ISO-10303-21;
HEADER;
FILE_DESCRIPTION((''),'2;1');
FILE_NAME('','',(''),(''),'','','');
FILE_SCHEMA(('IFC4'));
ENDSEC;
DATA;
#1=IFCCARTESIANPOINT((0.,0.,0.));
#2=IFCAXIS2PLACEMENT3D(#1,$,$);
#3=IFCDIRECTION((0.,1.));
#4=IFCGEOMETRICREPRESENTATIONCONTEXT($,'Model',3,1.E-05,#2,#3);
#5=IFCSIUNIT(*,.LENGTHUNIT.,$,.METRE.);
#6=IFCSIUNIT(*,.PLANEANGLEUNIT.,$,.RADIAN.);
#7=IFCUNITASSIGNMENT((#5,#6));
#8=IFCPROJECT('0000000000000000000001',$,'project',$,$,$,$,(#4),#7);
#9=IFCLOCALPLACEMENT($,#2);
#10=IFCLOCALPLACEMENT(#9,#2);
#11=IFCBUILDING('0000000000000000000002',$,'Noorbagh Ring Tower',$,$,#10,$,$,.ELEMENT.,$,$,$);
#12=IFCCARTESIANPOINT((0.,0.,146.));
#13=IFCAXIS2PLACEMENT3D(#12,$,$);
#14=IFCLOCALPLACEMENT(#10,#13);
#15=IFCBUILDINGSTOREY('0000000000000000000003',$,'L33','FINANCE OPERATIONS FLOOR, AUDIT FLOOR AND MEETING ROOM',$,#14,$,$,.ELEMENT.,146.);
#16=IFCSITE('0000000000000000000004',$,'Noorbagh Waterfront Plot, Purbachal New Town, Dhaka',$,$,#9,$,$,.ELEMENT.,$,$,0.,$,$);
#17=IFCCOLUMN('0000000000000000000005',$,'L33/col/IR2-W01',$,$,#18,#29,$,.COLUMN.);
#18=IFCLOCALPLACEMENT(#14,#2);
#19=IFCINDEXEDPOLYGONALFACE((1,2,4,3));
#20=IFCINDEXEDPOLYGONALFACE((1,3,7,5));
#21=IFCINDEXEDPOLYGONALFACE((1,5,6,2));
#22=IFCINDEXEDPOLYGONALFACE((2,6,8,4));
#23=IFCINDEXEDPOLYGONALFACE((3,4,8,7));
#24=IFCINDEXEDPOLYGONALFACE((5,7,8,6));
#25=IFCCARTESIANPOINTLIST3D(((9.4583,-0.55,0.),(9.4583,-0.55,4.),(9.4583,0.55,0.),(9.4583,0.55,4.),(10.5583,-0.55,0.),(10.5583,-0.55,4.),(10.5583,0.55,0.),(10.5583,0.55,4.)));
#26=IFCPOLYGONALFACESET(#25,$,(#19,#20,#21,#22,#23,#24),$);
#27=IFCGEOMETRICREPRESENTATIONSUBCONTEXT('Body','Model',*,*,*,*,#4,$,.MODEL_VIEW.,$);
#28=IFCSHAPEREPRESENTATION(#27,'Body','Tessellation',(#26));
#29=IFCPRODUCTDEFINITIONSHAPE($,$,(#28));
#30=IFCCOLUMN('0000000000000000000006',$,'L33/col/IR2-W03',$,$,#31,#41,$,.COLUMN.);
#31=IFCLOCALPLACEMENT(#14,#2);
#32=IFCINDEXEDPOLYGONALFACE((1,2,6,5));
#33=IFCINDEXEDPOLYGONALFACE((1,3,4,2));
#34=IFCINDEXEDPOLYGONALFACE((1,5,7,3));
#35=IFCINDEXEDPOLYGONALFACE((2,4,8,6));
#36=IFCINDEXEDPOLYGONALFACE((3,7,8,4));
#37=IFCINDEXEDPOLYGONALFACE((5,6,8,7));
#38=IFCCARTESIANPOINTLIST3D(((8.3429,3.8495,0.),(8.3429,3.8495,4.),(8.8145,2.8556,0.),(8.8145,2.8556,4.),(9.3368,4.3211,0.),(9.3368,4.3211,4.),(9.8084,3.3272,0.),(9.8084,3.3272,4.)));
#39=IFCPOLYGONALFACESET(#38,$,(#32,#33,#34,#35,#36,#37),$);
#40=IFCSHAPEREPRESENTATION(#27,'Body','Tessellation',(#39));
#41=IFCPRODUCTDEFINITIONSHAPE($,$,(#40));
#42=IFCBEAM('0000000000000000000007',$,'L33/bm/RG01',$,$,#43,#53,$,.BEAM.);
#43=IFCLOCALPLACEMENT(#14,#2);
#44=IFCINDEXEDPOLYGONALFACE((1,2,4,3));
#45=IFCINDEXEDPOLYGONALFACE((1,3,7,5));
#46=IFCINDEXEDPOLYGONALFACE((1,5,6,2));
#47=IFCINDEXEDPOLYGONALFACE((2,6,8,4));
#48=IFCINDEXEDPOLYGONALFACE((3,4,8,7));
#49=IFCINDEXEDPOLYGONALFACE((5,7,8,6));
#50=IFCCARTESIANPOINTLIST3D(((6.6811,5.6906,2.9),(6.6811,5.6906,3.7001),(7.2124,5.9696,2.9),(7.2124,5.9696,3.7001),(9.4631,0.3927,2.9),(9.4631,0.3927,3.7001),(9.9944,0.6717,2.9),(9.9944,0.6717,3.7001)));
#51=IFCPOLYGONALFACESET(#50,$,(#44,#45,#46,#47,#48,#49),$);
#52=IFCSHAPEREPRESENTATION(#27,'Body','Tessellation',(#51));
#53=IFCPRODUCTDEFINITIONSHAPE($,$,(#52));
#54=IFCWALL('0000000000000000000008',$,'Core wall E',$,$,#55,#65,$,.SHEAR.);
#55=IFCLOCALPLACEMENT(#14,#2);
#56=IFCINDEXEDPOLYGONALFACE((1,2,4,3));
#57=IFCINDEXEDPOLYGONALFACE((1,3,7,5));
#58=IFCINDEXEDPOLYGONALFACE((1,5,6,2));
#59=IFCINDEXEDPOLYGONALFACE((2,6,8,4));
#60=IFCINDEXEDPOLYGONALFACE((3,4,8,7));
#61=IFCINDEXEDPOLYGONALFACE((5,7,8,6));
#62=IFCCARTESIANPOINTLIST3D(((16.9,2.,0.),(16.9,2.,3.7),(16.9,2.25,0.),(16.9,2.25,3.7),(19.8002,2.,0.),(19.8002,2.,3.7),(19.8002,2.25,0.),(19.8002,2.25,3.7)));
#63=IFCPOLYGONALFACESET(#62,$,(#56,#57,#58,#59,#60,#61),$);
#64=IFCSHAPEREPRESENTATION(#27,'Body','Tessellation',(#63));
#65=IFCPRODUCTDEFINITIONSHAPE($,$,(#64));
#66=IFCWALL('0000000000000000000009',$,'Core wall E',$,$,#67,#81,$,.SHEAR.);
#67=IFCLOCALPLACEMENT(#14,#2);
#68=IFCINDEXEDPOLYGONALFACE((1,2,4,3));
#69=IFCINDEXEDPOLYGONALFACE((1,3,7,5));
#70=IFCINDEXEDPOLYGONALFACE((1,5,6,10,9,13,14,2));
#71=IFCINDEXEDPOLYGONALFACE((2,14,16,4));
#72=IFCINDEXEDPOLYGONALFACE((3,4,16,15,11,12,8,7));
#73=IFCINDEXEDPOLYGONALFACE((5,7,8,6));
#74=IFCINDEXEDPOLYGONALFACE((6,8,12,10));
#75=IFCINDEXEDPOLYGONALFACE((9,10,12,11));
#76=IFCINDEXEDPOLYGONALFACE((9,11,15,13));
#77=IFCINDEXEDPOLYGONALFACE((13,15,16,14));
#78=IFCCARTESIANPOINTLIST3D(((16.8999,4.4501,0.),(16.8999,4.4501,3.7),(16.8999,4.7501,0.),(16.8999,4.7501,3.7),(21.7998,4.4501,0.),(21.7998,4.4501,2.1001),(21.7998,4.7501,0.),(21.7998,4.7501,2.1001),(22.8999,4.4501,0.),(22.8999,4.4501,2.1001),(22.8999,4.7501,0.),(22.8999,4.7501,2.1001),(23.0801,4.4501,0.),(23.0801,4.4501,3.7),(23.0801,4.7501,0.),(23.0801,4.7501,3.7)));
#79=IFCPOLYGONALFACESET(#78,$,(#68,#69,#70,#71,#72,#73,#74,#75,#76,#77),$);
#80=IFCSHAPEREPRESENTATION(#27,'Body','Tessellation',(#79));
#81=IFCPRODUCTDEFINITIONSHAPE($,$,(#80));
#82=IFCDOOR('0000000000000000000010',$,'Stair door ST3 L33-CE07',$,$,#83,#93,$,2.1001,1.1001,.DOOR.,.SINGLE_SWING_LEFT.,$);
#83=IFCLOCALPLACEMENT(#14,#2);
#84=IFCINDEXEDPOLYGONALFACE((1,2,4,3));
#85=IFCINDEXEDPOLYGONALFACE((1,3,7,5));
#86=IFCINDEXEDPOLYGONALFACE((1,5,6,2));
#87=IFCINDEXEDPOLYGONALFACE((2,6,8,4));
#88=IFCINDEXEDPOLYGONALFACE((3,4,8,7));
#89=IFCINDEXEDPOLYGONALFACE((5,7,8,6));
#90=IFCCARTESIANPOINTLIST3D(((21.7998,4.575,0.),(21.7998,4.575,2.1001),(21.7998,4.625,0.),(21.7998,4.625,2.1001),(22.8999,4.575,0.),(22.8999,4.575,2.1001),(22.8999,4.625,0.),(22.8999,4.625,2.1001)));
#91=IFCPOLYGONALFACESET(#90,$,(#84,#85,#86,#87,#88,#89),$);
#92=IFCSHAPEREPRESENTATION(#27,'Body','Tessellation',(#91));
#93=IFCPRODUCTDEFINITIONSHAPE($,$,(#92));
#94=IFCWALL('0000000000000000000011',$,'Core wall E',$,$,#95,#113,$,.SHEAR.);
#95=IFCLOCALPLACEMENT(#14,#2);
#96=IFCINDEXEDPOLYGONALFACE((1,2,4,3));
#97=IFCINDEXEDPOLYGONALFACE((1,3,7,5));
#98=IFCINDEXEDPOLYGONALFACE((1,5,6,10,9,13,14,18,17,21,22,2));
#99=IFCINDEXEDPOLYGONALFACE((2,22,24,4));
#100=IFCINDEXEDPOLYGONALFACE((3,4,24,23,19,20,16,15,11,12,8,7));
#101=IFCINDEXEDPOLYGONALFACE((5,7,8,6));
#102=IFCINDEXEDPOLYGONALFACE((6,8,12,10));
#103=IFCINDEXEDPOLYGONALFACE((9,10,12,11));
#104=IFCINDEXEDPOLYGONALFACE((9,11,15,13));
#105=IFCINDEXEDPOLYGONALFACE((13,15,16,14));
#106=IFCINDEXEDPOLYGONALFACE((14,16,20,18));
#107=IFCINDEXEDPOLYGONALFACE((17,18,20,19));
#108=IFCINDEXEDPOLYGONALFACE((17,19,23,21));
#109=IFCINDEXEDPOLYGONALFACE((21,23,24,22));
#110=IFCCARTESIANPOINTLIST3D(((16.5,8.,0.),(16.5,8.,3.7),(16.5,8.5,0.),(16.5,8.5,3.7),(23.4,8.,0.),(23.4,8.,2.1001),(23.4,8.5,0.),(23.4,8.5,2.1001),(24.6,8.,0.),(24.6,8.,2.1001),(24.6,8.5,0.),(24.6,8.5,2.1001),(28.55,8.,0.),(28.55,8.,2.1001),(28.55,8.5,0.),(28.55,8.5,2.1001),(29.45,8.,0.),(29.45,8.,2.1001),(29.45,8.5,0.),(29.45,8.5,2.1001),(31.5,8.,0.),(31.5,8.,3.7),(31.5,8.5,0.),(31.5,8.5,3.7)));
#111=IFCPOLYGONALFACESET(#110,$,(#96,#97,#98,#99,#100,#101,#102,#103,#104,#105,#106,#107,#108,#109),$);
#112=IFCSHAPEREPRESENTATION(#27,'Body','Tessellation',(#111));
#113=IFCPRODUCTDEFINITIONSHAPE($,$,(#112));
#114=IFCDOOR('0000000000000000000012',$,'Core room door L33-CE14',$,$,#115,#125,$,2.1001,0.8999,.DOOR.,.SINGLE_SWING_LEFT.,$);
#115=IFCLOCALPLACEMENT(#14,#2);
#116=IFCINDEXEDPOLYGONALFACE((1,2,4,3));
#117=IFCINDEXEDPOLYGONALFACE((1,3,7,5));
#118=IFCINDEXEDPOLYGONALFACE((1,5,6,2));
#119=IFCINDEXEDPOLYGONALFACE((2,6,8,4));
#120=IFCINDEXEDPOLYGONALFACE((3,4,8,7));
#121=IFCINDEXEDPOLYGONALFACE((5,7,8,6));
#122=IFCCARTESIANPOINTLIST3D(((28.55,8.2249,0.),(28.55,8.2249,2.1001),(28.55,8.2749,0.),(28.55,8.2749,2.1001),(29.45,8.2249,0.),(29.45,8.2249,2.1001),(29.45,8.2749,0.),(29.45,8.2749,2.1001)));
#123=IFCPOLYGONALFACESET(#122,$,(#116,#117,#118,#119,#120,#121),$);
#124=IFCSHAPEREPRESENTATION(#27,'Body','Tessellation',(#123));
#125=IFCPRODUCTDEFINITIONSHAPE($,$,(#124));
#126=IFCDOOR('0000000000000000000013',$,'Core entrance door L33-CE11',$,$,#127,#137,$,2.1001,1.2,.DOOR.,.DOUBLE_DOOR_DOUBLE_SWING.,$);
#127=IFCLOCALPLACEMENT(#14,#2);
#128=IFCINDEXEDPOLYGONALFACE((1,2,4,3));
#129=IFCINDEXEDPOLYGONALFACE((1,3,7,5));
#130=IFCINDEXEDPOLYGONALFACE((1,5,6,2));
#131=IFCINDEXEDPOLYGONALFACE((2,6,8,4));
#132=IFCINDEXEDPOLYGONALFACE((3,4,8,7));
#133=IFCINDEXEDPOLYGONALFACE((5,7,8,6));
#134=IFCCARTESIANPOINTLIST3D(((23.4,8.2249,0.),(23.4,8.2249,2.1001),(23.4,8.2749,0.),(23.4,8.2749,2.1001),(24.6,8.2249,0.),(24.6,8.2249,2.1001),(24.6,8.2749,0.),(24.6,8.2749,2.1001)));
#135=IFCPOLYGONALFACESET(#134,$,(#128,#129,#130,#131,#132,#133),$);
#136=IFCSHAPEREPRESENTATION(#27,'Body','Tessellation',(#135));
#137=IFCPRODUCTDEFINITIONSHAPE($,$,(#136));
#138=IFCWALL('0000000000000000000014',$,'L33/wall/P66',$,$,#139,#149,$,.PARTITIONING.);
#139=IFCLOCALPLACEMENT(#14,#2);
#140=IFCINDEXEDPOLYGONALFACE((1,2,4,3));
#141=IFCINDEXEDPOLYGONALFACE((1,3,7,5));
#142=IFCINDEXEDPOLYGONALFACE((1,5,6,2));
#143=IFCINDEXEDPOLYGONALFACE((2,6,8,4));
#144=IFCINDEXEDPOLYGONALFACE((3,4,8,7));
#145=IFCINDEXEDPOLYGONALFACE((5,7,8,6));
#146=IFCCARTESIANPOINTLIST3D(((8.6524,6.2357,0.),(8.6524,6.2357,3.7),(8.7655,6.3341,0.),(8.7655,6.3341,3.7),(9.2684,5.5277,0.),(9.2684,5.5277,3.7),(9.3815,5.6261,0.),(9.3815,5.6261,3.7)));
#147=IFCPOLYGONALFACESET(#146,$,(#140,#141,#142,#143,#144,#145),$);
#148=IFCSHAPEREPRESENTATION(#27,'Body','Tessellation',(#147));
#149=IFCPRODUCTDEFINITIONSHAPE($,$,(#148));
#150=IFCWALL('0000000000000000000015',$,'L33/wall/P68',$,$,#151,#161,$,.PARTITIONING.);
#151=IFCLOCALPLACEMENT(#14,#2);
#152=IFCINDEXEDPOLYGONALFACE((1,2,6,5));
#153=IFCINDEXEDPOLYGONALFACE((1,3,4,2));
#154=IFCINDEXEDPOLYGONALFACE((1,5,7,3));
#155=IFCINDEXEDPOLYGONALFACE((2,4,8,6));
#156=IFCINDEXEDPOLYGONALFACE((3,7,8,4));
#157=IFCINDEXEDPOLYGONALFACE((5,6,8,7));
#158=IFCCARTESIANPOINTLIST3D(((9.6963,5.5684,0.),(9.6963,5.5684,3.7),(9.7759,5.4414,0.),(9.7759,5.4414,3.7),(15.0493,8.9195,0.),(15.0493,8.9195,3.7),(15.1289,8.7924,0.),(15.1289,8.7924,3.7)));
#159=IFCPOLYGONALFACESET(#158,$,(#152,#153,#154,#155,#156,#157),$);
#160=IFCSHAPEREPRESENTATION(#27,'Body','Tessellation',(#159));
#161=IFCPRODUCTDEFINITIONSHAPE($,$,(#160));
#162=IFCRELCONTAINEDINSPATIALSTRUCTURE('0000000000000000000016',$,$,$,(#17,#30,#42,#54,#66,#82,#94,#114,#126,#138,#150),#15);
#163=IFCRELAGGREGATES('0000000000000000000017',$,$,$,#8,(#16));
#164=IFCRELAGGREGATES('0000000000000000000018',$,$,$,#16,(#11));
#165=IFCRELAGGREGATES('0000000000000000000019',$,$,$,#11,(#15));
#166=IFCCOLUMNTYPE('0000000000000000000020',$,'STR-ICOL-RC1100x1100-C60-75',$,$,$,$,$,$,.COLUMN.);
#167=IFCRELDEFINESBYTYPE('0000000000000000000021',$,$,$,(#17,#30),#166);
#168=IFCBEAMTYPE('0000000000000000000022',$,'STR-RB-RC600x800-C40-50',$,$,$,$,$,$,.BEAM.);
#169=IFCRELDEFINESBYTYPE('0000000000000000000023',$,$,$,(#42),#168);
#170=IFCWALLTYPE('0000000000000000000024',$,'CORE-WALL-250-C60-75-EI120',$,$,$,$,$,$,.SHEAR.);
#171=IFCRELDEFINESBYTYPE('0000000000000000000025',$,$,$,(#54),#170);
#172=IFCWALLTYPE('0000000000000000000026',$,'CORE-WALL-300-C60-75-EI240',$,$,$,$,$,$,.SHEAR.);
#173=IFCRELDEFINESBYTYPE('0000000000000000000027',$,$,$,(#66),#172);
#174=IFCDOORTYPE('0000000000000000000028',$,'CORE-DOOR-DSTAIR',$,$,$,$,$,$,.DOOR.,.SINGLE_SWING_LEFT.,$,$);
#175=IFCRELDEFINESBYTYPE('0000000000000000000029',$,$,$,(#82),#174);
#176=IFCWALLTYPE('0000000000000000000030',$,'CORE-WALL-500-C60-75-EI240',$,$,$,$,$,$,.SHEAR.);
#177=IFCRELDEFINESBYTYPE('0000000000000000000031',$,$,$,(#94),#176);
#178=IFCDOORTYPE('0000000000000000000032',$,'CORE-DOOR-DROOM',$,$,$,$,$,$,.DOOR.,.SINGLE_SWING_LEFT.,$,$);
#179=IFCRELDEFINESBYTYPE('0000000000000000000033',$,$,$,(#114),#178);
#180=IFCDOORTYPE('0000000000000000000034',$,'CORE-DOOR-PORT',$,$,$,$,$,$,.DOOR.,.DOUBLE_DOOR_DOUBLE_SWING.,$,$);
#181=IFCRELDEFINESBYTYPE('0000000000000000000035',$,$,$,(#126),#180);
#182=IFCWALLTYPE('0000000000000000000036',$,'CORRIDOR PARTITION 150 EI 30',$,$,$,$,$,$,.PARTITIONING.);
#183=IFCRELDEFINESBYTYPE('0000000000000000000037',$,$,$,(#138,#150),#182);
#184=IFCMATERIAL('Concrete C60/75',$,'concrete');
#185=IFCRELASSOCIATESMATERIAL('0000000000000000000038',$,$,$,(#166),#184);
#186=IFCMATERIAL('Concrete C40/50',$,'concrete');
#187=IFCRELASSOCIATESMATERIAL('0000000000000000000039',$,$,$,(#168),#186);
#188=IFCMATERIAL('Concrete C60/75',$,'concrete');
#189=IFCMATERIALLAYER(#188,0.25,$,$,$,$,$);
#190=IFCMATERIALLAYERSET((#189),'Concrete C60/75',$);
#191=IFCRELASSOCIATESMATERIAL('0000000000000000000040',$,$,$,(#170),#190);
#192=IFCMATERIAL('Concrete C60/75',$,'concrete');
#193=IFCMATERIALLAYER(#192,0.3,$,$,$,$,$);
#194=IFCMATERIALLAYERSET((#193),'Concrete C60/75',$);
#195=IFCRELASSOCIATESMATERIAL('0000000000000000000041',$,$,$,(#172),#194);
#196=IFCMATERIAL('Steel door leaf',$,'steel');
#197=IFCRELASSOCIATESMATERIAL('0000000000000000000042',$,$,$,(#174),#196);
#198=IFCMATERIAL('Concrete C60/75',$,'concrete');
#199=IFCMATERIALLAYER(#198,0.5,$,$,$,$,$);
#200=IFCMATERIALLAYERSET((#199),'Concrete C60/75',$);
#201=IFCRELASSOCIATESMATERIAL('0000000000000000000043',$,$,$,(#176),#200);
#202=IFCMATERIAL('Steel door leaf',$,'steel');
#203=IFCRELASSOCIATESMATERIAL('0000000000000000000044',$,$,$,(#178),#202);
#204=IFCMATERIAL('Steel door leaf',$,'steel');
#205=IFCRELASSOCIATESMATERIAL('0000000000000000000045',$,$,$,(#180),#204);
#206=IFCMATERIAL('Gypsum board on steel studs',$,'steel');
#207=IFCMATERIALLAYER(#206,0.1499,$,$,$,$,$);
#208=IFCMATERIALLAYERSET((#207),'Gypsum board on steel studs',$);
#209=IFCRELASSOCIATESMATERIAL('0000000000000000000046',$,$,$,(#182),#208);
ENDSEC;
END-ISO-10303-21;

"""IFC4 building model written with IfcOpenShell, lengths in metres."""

from ifc_helpers import new_model, si_unit, direction, frame, frame_2d, origin, origin_2d, place, context, subcontext, project, spatial, rectangle, extrude, material, layer, layer_set, material_profile, profile_set, type_object, element, fill, save


model = new_model("IFC4")

# Units and contexts
model_context = context("Model", 3, precision=1e-05, world=origin(), true_north=direction((0.0, 1.0)))
body_context = subcontext(model_context, "Body", "Model", "MODEL_VIEW")
ifc_project = project(units=[si_unit("LENGTHUNIT", "METRE"), si_unit("PLANEANGLEUNIT", "RADIAN")], contexts=[model_context])

# Site, building, storey
site_placement = place(None, origin())
site = spatial("IfcSite", under=ifc_project, at=site_placement, Name="Noorbagh Waterfront Plot, Purbachal New Town, Dhaka", CompositionType="ELEMENT", RefElevation=0.0)
building_placement = place(site_placement, origin())
building = spatial("IfcBuilding", under=site, at=building_placement, Name="Noorbagh Ring Tower", CompositionType="ELEMENT")
storey_placement = place(building_placement, frame((0.0, 0.0, 146.0)))
storey = spatial("IfcBuildingStorey", under=building, at=storey_placement, Name="L33", Description="FINANCE OPERATIONS FLOOR, AUDIT FLOOR AND MEETING ROOM", CompositionType="ELEMENT", Elevation=146.0)

# Columns
ifc_material_1 = material(Name="Concrete C60/75", Category="concrete")
ifc_material_profile_1 = material_profile(ifc_material_1, rectangle(XDim=1.1001, YDim=1.1001, at=origin_2d()), Name="RC1100x1100")
ifc_profile_set_1 = profile_set([ifc_material_profile_1], Name="Concrete C60/75")
column_type = type_object("IfcColumnType", Name="STR-ICOL-RC1100x1100-C60-75", PredefinedType="COLUMN", material=ifc_profile_set_1)
for number, where, z_axis, x_axis, name in (
    (1, (10.0083, 0.0, 0.0), (0.0, 0.0, 1.0), (0.0, 1.0, 0.0), "L33/col/IR2-W01"),
    (2, (9.0757, 3.5884, 0.0), (0.0, 0.0, 1.0), (-0.428667, 0.903463, 0.0), "L33/col/IR2-W03"),
):
    element("IfcColumn", number, at=place(storey_placement, frame(where, z_axis=z_axis, x_axis=x_axis)), inside=storey, type_object=column_type, Name=name, PredefinedType="COLUMN", context=body_context, shape_type="SweptSolid", body=[
        extrude(rectangle(XDim=1.1001, YDim=1.1001, at=origin_2d()), origin(), (0.0, 0.0, 1.0), 4.0),
    ])

# Beam
ifc_material_2 = material(Name="Concrete C40/50", Category="concrete")
ifc_material_profile_2 = material_profile(ifc_material_2, rectangle(XDim=0.6001, YDim=0.8, at=origin_2d()), Name="RC600x800")
ifc_profile_set_2 = profile_set([ifc_material_profile_2], Name="Concrete C40/50")
beam_type = type_object("IfcBeamType", Name="STR-RB-RC600x800-C40-50", PredefinedType="BEAM", material=ifc_profile_set_2)
beam_placement = place(storey_placement, frame((9.7288, 0.5322, 3.3), z_axis=(-0.464914, 0.885356, 0.0), x_axis=(-0.885356, -0.464914, 0.0)))
element("IfcBeam", 3, at=beam_placement, inside=storey, type_object=beam_type, Name="L33/bm/RG01", PredefinedType="BEAM", context=body_context, shape_type="SweptSolid", body=[
    extrude(rectangle(XDim=0.6001, YDim=0.8, at=origin_2d()), origin(), (0.0, 0.0, 1.0), 5.9839),
])

# Wall
ifc_material_3 = material(Name="Concrete C60/75", Category="concrete")
ifc_layer_1 = layer(ifc_material_3, 0.25)
ifc_layer_set_1 = layer_set([ifc_layer_1], Name="Concrete C60/75")
wall_type_1 = type_object("IfcWallType", Name="CORE-WALL-250-C60-75-EI120", PredefinedType="SHEAR", material=ifc_layer_set_1)
wall_1_placement = place(storey_placement, frame((16.8999, 2.125, 0.0), z_axis=(0.0, 0.0, 1.0), x_axis=(1.0, 0.0, 0.0)))
element("IfcWall", 4, at=wall_1_placement, inside=storey, type_object=wall_type_1, Name="Core wall E", PredefinedType="SHEAR", context=body_context, shape_type="SweptSolid", body=[
    extrude(rectangle(XDim=2.9001, YDim=0.25, at=frame_2d((1.4502, 0.0))), origin(), (0.0, 0.0, 1.0), 3.7),
])

# Wall, opening, door
ifc_material_4 = material(Name="Concrete C60/75", Category="concrete")
ifc_layer_2 = layer(ifc_material_4, 0.3)
ifc_layer_set_2 = layer_set([ifc_layer_2], Name="Concrete C60/75")
wall_type_2 = type_object("IfcWallType", Name="CORE-WALL-300-C60-75-EI240", PredefinedType="SHEAR", material=ifc_layer_set_2)
wall_2_placement = place(storey_placement, frame((16.8999, 4.6001, 0.0), z_axis=(0.0, 0.0, 1.0), x_axis=(1.0, 0.0, 0.0)))
wall_2 = element("IfcWall", 5, at=wall_2_placement, inside=storey, type_object=wall_type_2, Name="Core wall E", PredefinedType="SHEAR", context=body_context, shape_type="SweptSolid", body=[
    extrude(rectangle(XDim=6.1802, YDim=0.3, at=frame_2d((3.0901, 0.0))), origin(), (0.0, 0.0, 1.0), 3.7),
])
opening_1_placement = place(wall_2_placement, frame((4.8999, 0.0, 0.0)))
opening_1 = element("IfcOpeningElement", 6, at=opening_1_placement, cuts=wall_2, PredefinedType="OPENING", context=body_context, shape_type="SweptSolid", body=[
    extrude(rectangle(XDim=1.1001, YDim=2.1001, at=frame_2d((0.55, 1.05))), frame((0.0, 0.1602, 0.0), z_axis=(0.0, -1.0, 0.0), x_axis=(1.0, 0.0, 0.0)), (0.0, 0.0, 1.0), 0.3201),
])
ifc_material_5 = material(Name="Steel door leaf", Category="steel")
door_type_1 = type_object("IfcDoorType", Name="CORE-DOOR-DSTAIR", OperationType="SINGLE_SWING_LEFT", PredefinedType="DOOR", material=ifc_material_5)
door_1_placement = place(opening_1_placement, origin())
door_1 = element("IfcDoor", 7, at=door_1_placement, inside=storey, type_object=door_type_1, Name="Stair door ST3 L33-CE07", OperationType="SINGLE_SWING_LEFT", OverallHeight=2.1001, OverallWidth=1.1001, PredefinedType="DOOR", context=body_context, shape_type="SweptSolid", body=[
    extrude(rectangle(XDim=1.1001, YDim=2.1001, at=frame_2d((0.55, 1.05))), frame((0.0, 0.0249, 0.0), z_axis=(0.0, -1.0, 0.0), x_axis=(1.0, 0.0, 0.0)), (0.0, 0.0, 1.0), 0.05),
])
fill(opening_1, door_1)

# Wall, openings, doors
ifc_material_6 = material(Name="Concrete C60/75", Category="concrete")
ifc_layer_3 = layer(ifc_material_6, 0.5)
ifc_layer_set_3 = layer_set([ifc_layer_3], Name="Concrete C60/75")
wall_type_3 = type_object("IfcWallType", Name="CORE-WALL-500-C60-75-EI240", PredefinedType="SHEAR", material=ifc_layer_set_3)
wall_3_placement = place(storey_placement, frame((16.5, 8.25, 0.0), z_axis=(0.0, 0.0, 1.0), x_axis=(1.0, 0.0, 0.0)))
wall_3 = element("IfcWall", 8, at=wall_3_placement, inside=storey, type_object=wall_type_3, Name="Core wall E", PredefinedType="SHEAR", context=body_context, shape_type="SweptSolid", body=[
    extrude(rectangle(XDim=15.0, YDim=0.5, at=frame_2d((7.5, 0.0))), origin(), (0.0, 0.0, 1.0), 3.7),
])
opening_2_placement = place(wall_3_placement, frame((6.8999, 0.0, 0.0)))
opening_2 = element("IfcOpeningElement", 9, at=opening_2_placement, cuts=wall_3, PredefinedType="OPENING", context=body_context, shape_type="SweptSolid", body=[
    extrude(rectangle(XDim=1.2, YDim=2.1001, at=frame_2d((0.6001, 1.05))), frame((0.0, 0.26, 0.0), z_axis=(0.0, -1.0, 0.0), x_axis=(1.0, 0.0, 0.0)), (0.0, 0.0, 1.0), 0.52),
])
opening_3_placement = place(wall_3_placement, frame((12.05, 0.0, 0.0)))
opening_3 = element("IfcOpeningElement", 10, at=opening_3_placement, cuts=wall_3, PredefinedType="OPENING", context=body_context, shape_type="SweptSolid", body=[
    extrude(rectangle(XDim=0.8999, YDim=2.1001, at=frame_2d((0.45, 1.05))), frame((0.0, 0.26, 0.0), z_axis=(0.0, -1.0, 0.0), x_axis=(1.0, 0.0, 0.0)), (0.0, 0.0, 1.0), 0.52),
])
ifc_material_7 = material(Name="Steel door leaf", Category="steel")
door_type_2 = type_object("IfcDoorType", Name="CORE-DOOR-DROOM", OperationType="SINGLE_SWING_LEFT", PredefinedType="DOOR", material=ifc_material_7)
door_2_placement = place(opening_3_placement, origin())
door_2 = element("IfcDoor", 11, at=door_2_placement, inside=storey, type_object=door_type_2, Name="Core room door L33-CE14", OperationType="SINGLE_SWING_LEFT", OverallHeight=2.1001, OverallWidth=0.8999, PredefinedType="DOOR", context=body_context, shape_type="SweptSolid", body=[
    extrude(rectangle(XDim=0.8999, YDim=2.1001, at=frame_2d((0.45, 1.05))), frame((0.0, 0.0249, 0.0), z_axis=(0.0, -1.0, 0.0), x_axis=(1.0, 0.0, 0.0)), (0.0, 0.0, 1.0), 0.05),
])
fill(opening_3, door_2)
ifc_material_8 = material(Name="Steel door leaf", Category="steel")
door_type_3 = type_object("IfcDoorType", Name="CORE-DOOR-PORT", OperationType="DOUBLE_DOOR_DOUBLE_SWING", PredefinedType="DOOR", material=ifc_material_8)
door_3_placement = place(opening_2_placement, origin())
door_3 = element("IfcDoor", 12, at=door_3_placement, inside=storey, type_object=door_type_3, Name="Core entrance door L33-CE11", OperationType="DOUBLE_DOOR_DOUBLE_SWING", OverallHeight=2.1001, OverallWidth=1.2, PredefinedType="DOOR", context=body_context, shape_type="SweptSolid", body=[
    extrude(rectangle(XDim=1.2, YDim=2.1001, at=frame_2d((0.6001, 1.05))), frame((0.0, 0.0249, 0.0), z_axis=(0.0, -1.0, 0.0), x_axis=(1.0, 0.0, 0.0)), (0.0, 0.0, 1.0), 0.05),
])
fill(opening_2, door_3)

# Walls
ifc_material_9 = material(Name="Gypsum board on steel studs", Category="steel")
ifc_layer_4 = layer(ifc_material_9, 0.1499)
ifc_layer_set_4 = layer_set([ifc_layer_4], Name="Gypsum board on steel studs")
wall_type_4 = type_object("IfcWallType", Name="CORRIDOR PARTITION 150 EI 30", PredefinedType="PARTITIONING", material=ifc_layer_set_4)
wall_4_placement = place(storey_placement, frame((8.709, 6.2849, 0.0), z_axis=(0.0, 0.0, 1.0), x_axis=(0.656365, -0.754443, 0.0)))
element("IfcWall", 13, at=wall_4_placement, inside=storey, type_object=wall_type_4, Name="L33/wall/P66", PredefinedType="PARTITIONING", context=body_context, shape_type="SweptSolid", body=[
    extrude(rectangle(XDim=0.9385, YDim=0.1499, at=frame_2d((0.4692, 0.0))), origin(), (0.0, 0.0, 1.0), 3.7),
])
wall_5_placement = place(storey_placement, frame((9.7361, 5.5049, 0.0), z_axis=(0.0, 0.0, 1.0), x_axis=(0.847612, 0.530617, 0.0)))
element("IfcWall", 14, at=wall_5_placement, inside=storey, type_object=wall_type_4, Name="L33/wall/P68", PredefinedType="PARTITIONING", context=body_context, shape_type="SweptSolid", body=[
    extrude(rectangle(XDim=6.3154, YDim=0.1499, at=frame_2d((3.1577, 0.0))), origin(), (0.0, 0.0, 1.0), 3.7),
])

save(model, "model.ifc")
